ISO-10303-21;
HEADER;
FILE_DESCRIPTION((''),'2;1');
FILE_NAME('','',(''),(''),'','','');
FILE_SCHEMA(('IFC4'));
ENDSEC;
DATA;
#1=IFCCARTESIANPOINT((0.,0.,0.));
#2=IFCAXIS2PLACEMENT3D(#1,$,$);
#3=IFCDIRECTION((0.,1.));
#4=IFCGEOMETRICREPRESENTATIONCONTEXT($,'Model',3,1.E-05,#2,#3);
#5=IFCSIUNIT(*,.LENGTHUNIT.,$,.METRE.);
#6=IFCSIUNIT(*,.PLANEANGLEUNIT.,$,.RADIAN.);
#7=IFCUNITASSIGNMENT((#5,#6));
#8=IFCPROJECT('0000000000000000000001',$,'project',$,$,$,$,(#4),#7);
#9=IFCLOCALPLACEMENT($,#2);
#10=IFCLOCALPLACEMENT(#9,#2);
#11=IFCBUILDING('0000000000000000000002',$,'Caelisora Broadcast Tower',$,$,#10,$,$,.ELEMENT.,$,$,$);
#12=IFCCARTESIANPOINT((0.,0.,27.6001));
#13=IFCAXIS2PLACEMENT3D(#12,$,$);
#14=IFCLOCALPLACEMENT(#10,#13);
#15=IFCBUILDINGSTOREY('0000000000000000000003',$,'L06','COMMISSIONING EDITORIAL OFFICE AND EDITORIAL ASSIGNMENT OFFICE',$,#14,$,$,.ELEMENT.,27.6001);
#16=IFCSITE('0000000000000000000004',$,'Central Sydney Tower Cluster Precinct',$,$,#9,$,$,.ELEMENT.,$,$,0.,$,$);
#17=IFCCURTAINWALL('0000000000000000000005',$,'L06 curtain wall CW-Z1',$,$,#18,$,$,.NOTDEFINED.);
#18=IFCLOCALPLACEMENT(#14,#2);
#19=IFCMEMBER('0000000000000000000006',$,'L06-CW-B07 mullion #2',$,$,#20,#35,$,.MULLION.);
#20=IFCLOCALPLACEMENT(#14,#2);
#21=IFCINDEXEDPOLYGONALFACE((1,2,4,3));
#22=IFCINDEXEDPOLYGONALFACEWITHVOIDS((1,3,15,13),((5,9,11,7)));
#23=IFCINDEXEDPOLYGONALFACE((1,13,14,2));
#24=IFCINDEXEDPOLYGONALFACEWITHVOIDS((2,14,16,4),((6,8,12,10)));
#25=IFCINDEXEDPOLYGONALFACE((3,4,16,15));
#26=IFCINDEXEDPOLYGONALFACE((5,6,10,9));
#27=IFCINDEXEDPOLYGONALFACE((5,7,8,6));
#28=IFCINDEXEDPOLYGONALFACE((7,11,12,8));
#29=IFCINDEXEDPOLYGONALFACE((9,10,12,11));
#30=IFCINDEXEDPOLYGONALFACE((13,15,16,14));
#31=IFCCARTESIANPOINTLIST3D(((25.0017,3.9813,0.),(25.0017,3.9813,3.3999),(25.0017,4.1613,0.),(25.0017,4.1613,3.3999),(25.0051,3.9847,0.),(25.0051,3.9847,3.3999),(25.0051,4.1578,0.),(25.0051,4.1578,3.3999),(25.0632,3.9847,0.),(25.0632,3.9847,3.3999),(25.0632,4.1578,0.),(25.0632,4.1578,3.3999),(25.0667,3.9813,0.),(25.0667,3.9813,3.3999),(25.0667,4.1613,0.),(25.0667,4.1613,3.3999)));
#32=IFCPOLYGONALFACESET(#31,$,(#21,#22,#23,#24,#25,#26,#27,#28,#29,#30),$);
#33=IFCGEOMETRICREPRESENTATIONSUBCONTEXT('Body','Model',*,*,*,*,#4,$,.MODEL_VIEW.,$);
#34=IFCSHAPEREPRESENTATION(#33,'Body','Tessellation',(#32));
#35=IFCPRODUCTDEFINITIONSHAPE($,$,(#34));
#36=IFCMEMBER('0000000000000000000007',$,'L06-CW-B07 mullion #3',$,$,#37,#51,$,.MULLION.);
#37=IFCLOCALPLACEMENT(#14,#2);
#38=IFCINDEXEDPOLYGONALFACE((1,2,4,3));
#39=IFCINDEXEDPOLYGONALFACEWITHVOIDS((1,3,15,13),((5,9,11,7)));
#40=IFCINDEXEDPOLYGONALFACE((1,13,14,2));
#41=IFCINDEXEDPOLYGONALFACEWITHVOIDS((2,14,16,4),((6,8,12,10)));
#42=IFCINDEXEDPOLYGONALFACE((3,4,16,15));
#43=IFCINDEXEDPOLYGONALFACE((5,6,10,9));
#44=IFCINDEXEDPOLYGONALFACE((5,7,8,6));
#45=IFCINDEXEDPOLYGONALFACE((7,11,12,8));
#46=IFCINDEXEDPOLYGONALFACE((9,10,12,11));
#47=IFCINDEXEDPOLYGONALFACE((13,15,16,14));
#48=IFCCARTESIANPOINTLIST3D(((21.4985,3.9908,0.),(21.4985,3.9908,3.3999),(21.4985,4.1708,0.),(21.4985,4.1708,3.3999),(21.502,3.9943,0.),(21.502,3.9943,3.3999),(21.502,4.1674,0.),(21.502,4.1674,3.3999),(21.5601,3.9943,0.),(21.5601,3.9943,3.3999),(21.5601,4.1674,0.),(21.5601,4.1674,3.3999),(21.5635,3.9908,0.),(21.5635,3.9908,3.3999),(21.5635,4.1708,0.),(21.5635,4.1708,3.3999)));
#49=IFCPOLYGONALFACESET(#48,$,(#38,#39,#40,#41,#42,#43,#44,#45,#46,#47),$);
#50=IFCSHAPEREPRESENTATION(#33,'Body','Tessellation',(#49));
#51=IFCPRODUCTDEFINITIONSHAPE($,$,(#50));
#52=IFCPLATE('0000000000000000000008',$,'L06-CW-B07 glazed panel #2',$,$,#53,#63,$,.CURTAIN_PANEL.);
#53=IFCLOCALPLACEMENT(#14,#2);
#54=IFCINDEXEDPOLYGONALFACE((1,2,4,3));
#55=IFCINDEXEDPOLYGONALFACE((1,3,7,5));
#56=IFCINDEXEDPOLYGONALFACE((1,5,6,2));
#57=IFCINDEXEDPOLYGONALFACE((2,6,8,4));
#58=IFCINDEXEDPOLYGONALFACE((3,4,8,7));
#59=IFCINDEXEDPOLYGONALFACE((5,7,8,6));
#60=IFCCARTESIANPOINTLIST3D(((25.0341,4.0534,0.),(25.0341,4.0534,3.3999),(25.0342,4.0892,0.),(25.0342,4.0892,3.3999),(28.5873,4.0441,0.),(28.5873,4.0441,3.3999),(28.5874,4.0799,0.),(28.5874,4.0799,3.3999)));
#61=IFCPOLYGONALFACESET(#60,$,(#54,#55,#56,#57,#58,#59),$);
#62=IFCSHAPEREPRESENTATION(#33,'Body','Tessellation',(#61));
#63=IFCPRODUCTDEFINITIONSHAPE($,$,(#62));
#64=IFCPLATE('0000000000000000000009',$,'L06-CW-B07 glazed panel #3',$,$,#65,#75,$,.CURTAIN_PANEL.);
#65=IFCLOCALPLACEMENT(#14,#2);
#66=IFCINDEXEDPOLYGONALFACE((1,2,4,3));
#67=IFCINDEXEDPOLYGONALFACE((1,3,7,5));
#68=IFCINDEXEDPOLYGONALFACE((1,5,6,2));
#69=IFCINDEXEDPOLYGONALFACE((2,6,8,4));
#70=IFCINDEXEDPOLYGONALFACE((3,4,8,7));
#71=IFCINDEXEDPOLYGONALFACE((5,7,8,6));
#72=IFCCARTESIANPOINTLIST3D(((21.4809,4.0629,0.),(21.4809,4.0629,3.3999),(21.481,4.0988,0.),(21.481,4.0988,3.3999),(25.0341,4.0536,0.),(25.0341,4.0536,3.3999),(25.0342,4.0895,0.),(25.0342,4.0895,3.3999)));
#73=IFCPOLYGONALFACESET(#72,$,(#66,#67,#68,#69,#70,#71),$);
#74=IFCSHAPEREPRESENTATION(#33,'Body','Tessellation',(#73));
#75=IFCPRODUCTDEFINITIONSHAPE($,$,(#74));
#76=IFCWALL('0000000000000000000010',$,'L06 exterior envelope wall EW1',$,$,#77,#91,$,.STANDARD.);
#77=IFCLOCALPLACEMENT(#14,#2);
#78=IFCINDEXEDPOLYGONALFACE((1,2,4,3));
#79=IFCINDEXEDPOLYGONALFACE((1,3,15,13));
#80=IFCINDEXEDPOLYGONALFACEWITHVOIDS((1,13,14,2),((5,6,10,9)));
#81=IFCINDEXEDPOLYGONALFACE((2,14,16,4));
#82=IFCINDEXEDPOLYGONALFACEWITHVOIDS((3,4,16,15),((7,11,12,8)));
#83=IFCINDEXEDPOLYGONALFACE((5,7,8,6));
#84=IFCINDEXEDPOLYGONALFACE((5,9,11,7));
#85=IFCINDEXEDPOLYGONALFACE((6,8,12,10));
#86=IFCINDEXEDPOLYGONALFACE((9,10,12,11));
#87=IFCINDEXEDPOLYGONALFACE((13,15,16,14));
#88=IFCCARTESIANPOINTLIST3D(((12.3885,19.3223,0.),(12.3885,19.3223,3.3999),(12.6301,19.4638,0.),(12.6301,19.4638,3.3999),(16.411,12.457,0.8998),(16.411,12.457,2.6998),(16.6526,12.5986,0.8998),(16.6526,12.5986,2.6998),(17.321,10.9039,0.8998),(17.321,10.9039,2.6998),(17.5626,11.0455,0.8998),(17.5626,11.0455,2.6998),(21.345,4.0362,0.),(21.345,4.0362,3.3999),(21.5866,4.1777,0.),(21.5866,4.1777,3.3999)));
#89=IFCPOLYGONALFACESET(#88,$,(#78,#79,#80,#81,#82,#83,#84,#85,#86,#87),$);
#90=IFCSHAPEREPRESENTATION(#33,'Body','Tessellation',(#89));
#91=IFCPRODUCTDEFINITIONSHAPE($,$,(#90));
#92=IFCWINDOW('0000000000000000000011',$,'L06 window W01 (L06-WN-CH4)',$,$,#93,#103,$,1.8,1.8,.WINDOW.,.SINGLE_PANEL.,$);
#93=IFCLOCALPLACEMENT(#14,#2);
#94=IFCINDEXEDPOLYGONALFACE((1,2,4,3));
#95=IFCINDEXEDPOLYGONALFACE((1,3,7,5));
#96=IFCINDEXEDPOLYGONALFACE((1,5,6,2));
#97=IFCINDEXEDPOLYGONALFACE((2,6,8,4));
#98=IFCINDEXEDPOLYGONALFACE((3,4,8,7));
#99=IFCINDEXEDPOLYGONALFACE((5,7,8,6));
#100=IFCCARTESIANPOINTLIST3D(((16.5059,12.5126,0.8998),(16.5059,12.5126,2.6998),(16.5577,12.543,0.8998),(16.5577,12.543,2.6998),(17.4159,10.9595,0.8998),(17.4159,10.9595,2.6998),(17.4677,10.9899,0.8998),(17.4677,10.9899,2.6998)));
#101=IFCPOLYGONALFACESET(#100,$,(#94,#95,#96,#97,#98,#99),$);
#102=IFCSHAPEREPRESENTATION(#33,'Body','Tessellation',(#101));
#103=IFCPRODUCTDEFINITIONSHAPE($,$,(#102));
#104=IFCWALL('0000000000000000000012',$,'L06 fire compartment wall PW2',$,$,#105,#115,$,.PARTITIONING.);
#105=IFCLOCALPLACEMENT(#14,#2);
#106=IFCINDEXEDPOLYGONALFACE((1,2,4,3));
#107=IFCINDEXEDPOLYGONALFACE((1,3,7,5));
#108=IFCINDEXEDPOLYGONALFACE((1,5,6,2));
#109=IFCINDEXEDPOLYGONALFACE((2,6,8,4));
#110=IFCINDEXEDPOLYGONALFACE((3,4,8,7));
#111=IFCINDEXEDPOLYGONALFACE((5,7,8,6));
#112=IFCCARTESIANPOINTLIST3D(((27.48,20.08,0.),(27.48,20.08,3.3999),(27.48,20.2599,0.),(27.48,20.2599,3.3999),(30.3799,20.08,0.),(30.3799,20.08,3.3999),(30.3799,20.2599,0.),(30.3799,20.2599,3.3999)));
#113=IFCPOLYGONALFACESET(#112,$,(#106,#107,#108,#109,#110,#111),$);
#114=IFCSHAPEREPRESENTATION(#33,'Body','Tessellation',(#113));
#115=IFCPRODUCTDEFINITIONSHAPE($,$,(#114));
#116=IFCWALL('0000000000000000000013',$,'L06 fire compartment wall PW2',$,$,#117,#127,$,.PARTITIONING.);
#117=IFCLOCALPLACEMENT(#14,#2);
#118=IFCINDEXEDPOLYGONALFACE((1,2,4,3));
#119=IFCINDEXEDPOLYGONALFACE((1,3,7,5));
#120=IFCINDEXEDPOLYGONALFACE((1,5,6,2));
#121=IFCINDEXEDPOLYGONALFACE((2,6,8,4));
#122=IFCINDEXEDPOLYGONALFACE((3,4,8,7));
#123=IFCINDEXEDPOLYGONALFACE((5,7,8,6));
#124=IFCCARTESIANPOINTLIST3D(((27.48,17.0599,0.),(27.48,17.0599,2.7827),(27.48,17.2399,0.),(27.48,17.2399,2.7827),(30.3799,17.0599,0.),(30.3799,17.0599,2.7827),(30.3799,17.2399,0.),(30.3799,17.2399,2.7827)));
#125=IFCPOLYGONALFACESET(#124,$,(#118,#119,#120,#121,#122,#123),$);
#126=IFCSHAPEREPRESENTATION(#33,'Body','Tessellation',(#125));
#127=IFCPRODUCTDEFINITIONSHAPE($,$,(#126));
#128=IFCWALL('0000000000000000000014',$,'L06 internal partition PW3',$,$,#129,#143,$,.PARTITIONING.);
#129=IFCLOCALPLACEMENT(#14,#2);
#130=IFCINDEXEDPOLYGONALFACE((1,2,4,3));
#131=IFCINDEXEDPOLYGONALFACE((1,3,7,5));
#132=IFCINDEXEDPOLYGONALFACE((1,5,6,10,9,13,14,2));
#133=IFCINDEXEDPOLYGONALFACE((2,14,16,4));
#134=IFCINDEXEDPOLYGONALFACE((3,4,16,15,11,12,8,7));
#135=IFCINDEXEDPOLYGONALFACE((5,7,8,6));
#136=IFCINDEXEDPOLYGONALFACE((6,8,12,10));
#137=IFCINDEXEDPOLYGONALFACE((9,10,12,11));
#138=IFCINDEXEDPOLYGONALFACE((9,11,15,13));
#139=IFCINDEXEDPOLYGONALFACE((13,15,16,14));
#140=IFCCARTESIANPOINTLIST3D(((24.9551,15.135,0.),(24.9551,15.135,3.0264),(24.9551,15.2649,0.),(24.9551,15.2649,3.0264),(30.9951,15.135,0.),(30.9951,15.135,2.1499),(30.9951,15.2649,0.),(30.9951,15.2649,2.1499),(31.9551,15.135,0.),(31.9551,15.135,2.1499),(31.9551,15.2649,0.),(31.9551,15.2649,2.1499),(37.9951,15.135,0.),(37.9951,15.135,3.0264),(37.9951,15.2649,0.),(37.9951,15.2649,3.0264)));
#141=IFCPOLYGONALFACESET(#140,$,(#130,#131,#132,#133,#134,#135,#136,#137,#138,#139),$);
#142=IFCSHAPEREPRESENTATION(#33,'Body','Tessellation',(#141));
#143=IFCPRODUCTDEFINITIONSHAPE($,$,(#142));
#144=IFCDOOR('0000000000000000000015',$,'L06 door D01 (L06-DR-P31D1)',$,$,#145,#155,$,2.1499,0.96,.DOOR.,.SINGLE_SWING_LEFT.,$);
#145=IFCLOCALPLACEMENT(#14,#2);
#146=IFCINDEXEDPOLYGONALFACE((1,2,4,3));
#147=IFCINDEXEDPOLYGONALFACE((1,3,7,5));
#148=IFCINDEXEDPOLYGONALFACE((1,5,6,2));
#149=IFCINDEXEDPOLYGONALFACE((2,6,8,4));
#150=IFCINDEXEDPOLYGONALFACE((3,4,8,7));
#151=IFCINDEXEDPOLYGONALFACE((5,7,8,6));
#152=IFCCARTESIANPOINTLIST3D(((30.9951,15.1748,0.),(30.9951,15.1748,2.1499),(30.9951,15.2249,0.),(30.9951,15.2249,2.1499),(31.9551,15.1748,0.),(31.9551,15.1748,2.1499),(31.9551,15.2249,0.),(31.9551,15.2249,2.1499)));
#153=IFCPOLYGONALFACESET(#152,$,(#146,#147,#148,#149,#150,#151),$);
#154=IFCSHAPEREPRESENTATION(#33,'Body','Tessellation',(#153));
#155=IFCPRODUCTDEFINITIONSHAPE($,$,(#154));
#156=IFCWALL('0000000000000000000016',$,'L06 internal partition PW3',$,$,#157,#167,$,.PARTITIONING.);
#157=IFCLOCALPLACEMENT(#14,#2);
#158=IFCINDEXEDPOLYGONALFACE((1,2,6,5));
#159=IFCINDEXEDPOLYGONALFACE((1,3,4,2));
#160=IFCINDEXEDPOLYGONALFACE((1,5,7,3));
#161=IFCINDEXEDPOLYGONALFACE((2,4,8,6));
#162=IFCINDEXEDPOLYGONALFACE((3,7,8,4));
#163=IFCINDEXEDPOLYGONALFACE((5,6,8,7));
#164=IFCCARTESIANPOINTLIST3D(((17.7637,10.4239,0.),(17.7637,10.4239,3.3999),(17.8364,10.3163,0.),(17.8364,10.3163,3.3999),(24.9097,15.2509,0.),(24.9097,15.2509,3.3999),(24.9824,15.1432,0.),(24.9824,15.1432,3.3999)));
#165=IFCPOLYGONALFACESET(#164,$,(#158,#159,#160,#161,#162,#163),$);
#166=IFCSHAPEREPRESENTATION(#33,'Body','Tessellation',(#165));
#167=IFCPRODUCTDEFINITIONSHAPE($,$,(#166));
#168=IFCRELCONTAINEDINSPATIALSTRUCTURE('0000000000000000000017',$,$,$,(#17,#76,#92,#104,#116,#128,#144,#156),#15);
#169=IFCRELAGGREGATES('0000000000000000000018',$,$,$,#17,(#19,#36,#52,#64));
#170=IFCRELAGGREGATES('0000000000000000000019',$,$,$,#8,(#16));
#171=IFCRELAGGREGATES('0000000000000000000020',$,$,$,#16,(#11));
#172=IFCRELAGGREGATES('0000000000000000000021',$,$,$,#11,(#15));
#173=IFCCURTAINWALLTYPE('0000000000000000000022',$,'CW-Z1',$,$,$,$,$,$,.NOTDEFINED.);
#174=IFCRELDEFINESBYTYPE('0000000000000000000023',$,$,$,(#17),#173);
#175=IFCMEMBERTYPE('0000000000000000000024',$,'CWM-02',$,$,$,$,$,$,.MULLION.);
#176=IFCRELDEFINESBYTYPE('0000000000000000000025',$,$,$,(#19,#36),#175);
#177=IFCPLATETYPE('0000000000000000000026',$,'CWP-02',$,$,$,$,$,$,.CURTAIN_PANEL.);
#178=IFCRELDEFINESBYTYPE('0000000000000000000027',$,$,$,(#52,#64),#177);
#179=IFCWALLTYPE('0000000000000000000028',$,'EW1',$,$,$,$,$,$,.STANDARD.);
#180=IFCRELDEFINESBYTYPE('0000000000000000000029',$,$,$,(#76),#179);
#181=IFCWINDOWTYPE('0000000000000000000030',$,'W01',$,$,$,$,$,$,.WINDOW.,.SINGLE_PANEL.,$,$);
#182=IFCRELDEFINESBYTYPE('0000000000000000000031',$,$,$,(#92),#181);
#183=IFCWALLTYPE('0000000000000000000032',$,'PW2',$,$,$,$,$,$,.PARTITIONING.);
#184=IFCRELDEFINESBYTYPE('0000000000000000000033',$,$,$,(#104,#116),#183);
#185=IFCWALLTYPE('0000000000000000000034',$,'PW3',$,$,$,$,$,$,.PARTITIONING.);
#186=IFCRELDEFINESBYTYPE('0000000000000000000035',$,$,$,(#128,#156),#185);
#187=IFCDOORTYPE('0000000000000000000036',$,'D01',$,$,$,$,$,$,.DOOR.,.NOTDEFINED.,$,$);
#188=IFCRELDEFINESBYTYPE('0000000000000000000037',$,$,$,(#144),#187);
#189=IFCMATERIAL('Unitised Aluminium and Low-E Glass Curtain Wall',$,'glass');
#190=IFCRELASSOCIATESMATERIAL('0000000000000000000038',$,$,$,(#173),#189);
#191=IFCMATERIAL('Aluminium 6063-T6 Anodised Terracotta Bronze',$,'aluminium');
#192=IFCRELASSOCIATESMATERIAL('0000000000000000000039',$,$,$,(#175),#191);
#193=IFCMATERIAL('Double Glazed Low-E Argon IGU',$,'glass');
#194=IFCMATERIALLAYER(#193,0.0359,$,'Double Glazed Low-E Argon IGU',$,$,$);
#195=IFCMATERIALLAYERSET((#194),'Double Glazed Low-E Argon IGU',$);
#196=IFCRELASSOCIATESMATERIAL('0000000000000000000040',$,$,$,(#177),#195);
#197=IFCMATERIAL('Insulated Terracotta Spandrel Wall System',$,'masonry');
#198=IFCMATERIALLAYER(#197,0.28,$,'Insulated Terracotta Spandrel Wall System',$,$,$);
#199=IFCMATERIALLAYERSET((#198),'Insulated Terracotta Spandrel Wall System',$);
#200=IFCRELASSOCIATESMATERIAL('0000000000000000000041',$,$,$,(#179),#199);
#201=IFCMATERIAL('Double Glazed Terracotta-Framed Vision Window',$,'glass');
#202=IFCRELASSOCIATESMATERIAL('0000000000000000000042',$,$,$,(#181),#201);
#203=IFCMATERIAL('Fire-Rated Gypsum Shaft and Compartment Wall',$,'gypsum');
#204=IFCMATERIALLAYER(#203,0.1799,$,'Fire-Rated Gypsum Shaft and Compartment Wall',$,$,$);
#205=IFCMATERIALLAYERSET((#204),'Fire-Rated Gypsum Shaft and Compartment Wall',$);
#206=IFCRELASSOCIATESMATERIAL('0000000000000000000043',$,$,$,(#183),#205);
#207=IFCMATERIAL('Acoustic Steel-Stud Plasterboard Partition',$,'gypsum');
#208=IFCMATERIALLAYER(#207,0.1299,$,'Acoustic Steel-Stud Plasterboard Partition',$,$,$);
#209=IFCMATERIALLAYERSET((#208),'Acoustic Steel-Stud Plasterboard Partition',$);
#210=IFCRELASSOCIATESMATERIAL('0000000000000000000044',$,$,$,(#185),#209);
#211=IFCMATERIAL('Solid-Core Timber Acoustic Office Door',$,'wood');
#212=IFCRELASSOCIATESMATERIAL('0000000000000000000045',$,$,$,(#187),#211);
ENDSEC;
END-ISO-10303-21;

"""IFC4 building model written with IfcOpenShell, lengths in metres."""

from ifc_helpers import new_model, si_unit, direction, frame, frame_2d, origin, origin_2d, place, context, subcontext, project, spatial, rectangle, hollow_rectangle, extrude, source, transform, mapped, material, layer, layer_set, material_profile, profile_set, type_object, type_shapes, element, fill, aggregate, save


model = new_model("IFC4")

# Units and contexts
model_context = context("Model", 3, precision=1e-05, world=origin(), true_north=direction((0.0, 1.0)))
body_context = subcontext(model_context, "Body", "Model", "MODEL_VIEW")
ifc_project = project(units=[si_unit("LENGTHUNIT", "METRE"), si_unit("PLANEANGLEUNIT", "RADIAN")], contexts=[model_context])

# Site, building, storey
site_placement = place(None, origin())
site = spatial("IfcSite", under=ifc_project, at=site_placement, Name="Central Sydney Tower Cluster Precinct", CompositionType="ELEMENT", RefElevation=0.0)
building_placement = place(site_placement, origin())
building = spatial("IfcBuilding", under=site, at=building_placement, Name="Caelisora Broadcast Tower", CompositionType="ELEMENT")
storey_placement = place(building_placement, frame((0.0, 0.0, 27.6001)))
storey = spatial("IfcBuildingStorey", under=building, at=storey_placement, Name="L06", Description="COMMISSIONING EDITORIAL OFFICE AND EDITORIAL ASSIGNMENT OFFICE", CompositionType="ELEMENT", Elevation=27.6001)

# Curtain wall, members, plates
ifc_material_1 = material(Name="Unitised Aluminium and Low-E Glass Curtain Wall", Category="glass")
curtain_wall_type = type_object("IfcCurtainWallType", Name="CW-Z1", PredefinedType="NOTDEFINED", material=ifc_material_1)
curtain_wall_placement = place(storey_placement, origin())
curtain_wall = element("IfcCurtainWall", 1, at=curtain_wall_placement, inside=storey, type_object=curtain_wall_type, Name="L06 curtain wall CW-Z1", PredefinedType="NOTDEFINED")
ifc_material_2 = material(Name="Aluminium 6063-T6 Anodised Terracotta Bronze", Category="aluminium")
ifc_material_profile_1 = material_profile(ifc_material_2, hollow_rectangle(XDim=0.0649, YDim=0.1799, WallThickness=0.0034, at=origin_2d()), Name="Aluminium 6063-T6 Anodised Terracotta Bronze")
ifc_profile_set_1 = profile_set([ifc_material_profile_1], Name="Aluminium 6063-T6 Anodised Terracotta Bronze")
member_type = type_object("IfcMemberType", Name="CWM-02", PredefinedType="MULLION", material=ifc_profile_set_1)
shared_shape_1 = source(origin(), body_context, "Body", "SweptSolid", [
    extrude(hollow_rectangle(XDim=0.0649, YDim=0.1799, WallThickness=0.0034, at=origin_2d()), origin(), (0.0, 0.0, 1.0), 3.3999),
])
type_shapes(member_type, [shared_shape_1])
member_1_placement = place(storey_placement, frame((25.0342, 4.0713, 0.0), z_axis=(0.0, 0.0, 1.0), x_axis=(1.0, 0.0, 0.0)))
member_1 = element("IfcMember", 2, at=member_1_placement, type_object=member_type, Name="L06-CW-B07 mullion #2", PredefinedType="MULLION", context=body_context, shape_type="MappedRepresentation", body=[
    mapped(shared_shape_1, transform((0.0, 0.0, 0.0), scale=1.0)),
])
member_2_placement = place(storey_placement, frame((21.531, 4.0808, 0.0), z_axis=(0.0, 0.0, 1.0), x_axis=(1.0, 0.0, 0.0)))
member_2 = element("IfcMember", 3, at=member_2_placement, type_object=member_type, Name="L06-CW-B07 mullion #3", PredefinedType="MULLION", context=body_context, shape_type="MappedRepresentation", body=[
    mapped(shared_shape_1, transform((0.0, 0.0, 0.0), scale=1.0)),
])
ifc_material_3 = material(Name="Double Glazed Low-E Argon IGU", Category="glass")
ifc_layer_1 = layer(ifc_material_3, 0.0359, Name="Double Glazed Low-E Argon IGU")
ifc_layer_set_1 = layer_set([ifc_layer_1], Name="Double Glazed Low-E Argon IGU")
plate_type = type_object("IfcPlateType", Name="CWP-02", PredefinedType="CURTAIN_PANEL", material=ifc_layer_set_1)
shared_shape_2 = source(origin(), body_context, "Body", "SweptSolid", [
    extrude(rectangle(XDim=3.5532, YDim=0.0359, at=origin_2d()), origin(), (0.0, 0.0, 1.0), 3.3999),
])
type_shapes(plate_type, [shared_shape_2])
plate_1_placement = place(storey_placement, frame((26.8108, 4.0667, 0.0), z_axis=(0.0, 0.0, 1.0), x_axis=(-0.999997, 0.002618, 0.0)))
plate_1 = element("IfcPlate", 4, at=plate_1_placement, type_object=plate_type, Name="L06-CW-B07 glazed panel #2", PredefinedType="CURTAIN_PANEL", context=body_context, shape_type="MappedRepresentation", body=[
    mapped(shared_shape_2, transform((0.0, 0.0, 0.0), scale=1.0)),
])
plate_2_placement = place(storey_placement, frame((23.2576, 4.0762, 0.0), z_axis=(0.0, 0.0, 1.0), x_axis=(-0.999997, 0.002618, 0.0)))
plate_2 = element("IfcPlate", 5, at=plate_2_placement, type_object=plate_type, Name="L06-CW-B07 glazed panel #3", PredefinedType="CURTAIN_PANEL", context=body_context, shape_type="MappedRepresentation", body=[
    mapped(shared_shape_2, transform((0.0, 0.0, 0.0), scale=1.0)),
])
aggregate(curtain_wall, [member_1, member_2, plate_1, plate_2])

# Wall, opening, window
ifc_material_4 = material(Name="Insulated Terracotta Spandrel Wall System", Category="masonry")
ifc_layer_2 = layer(ifc_material_4, 0.28, Name="Insulated Terracotta Spandrel Wall System")
ifc_layer_set_2 = layer_set([ifc_layer_2], Name="Insulated Terracotta Spandrel Wall System")
wall_type_1 = type_object("IfcWallType", Name="EW1", PredefinedType="STANDARD", material=ifc_layer_set_2)
wall_1_placement = place(storey_placement, frame((21.4658, 4.1069, 0.0), z_axis=(0.0, 0.0, 1.0), x_axis=(-0.505539, 0.862804, 0.0)))
wall_1 = element("IfcWall", 6, at=wall_1_placement, inside=storey, type_object=wall_type_1, Name="L06 exterior envelope wall EW1", PredefinedType="STANDARD", context=body_context, shape_type="SweptSolid", body=[
    extrude(rectangle(XDim=17.7168, YDim=0.28, at=frame_2d((8.8584, 0.0))), origin(), (0.0, 0.0, 1.0), 3.3999),
])
opening_1_placement = place(wall_1_placement, frame((7.96, 0.0, 0.8999)))
opening_1 = element("IfcOpeningElement", 7, at=opening_1_placement, cuts=wall_1, PredefinedType="OPENING", context=body_context, shape_type="SweptSolid", body=[
    extrude(rectangle(XDim=1.8, YDim=1.8, at=frame_2d((0.8999, 0.8999))), frame((0.0, 0.1521, 0.0), z_axis=(0.0, -1.0, 0.0), x_axis=(1.0, 0.0, 0.0)), (0.0, 0.0, 1.0), 0.304),
])
ifc_material_5 = material(Name="Double Glazed Terracotta-Framed Vision Window", Category="glass")
window_type = type_object("IfcWindowType", Name="W01", PartitioningType="SINGLE_PANEL", PredefinedType="WINDOW", material=ifc_material_5)
window_placement = place(opening_1_placement, origin())
window = element("IfcWindow", 8, at=window_placement, inside=storey, type_object=window_type, Name="L06 window W01 (L06-WN-CH4)", OverallHeight=1.8, OverallWidth=1.8, PartitioningType="SINGLE_PANEL", PredefinedType="WINDOW", context=body_context, shape_type="SweptSolid", body=[
    extrude(rectangle(XDim=1.8, YDim=1.8, at=frame_2d((0.8999, 0.8999))), frame((0.0, 0.03, 0.0), z_axis=(0.0, -1.0, 0.0), x_axis=(1.0, 0.0, 0.0)), (0.0, 0.0, 1.0), 0.0601),
])
fill(opening_1, window)

# Wall
ifc_material_6 = material(Name="Fire-Rated Gypsum Shaft and Compartment Wall", Category="gypsum")
ifc_layer_3 = layer(ifc_material_6, 0.1799, Name="Fire-Rated Gypsum Shaft and Compartment Wall")
ifc_layer_set_3 = layer_set([ifc_layer_3], Name="Fire-Rated Gypsum Shaft and Compartment Wall")
wall_type_2 = type_object("IfcWallType", Name="PW2", PredefinedType="PARTITIONING", material=ifc_layer_set_3)
wall_2_placement = place(storey_placement, frame((27.48, 20.1699, 0.0), z_axis=(0.0, 0.0, 1.0), x_axis=(1.0, 0.0, 0.0)))
element("IfcWall", 9, at=wall_2_placement, inside=storey, type_object=wall_type_2, Name="L06 fire compartment wall PW2", PredefinedType="PARTITIONING", context=body_context, shape_type="SweptSolid", body=[
    extrude(rectangle(XDim=2.8999, YDim=0.1799, at=frame_2d((1.45, 0.0))), origin(), (0.0, 0.0, 1.0), 3.3999),
])

# Wall
wall_3_placement = place(storey_placement, frame((27.48, 17.1499, 0.0), z_axis=(0.0, 0.0, 1.0), x_axis=(1.0, 0.0, 0.0)))
element("IfcWall", 10, at=wall_3_placement, inside=storey, type_object=wall_type_2, Name="L06 fire compartment wall PW2", PredefinedType="PARTITIONING", context=body_context, shape_type="SweptSolid", body=[
    extrude(rectangle(XDim=2.8999, YDim=0.1799, at=frame_2d((1.45, 0.0))), origin(), (0.0, 0.0, 1.0), 2.7827),
])

# Wall, opening, door
ifc_material_7 = material(Name="Acoustic Steel-Stud Plasterboard Partition", Category="gypsum")
ifc_layer_4 = layer(ifc_material_7, 0.1299, Name="Acoustic Steel-Stud Plasterboard Partition")
ifc_layer_set_4 = layer_set([ifc_layer_4], Name="Acoustic Steel-Stud Plasterboard Partition")
wall_type_3 = type_object("IfcWallType", Name="PW3", PredefinedType="PARTITIONING", material=ifc_layer_set_4)
wall_4_placement = place(storey_placement, frame((24.9551, 15.2, 0.0), z_axis=(0.0, 0.0, 1.0), x_axis=(1.0, 0.0, 0.0)))
wall_4 = element("IfcWall", 11, at=wall_4_placement, inside=storey, type_object=wall_type_3, Name="L06 internal partition PW3", PredefinedType="PARTITIONING", context=body_context, shape_type="SweptSolid", body=[
    extrude(rectangle(XDim=13.04, YDim=0.1299, at=frame_2d((6.52, 0.0))), origin(), (0.0, 0.0, 1.0), 3.0264),
])
opening_2_placement = place(wall_4_placement, frame((6.04, 0.0, 0.0)))
opening_2 = element("IfcOpeningElement", 12, at=opening_2_placement, cuts=wall_4, PredefinedType="OPENING", context=body_context, shape_type="SweptSolid", body=[
    extrude(rectangle(XDim=0.96, YDim=2.1499, at=frame_2d((0.48, 1.075))), frame((0.0, 0.0769, 0.0), z_axis=(0.0, -1.0, 0.0), x_axis=(1.0, 0.0, 0.0)), (0.0, 0.0, 1.0), 0.1538),
])
ifc_material_8 = material(Name="Solid-Core Timber Acoustic Office Door", Category="wood")
door_type_1 = type_object("IfcDoorType", Name="D01", OperationType="NOTDEFINED", PredefinedType="DOOR", material=ifc_material_8)
door_1_placement = place(opening_2_placement, origin())
door_1 = element("IfcDoor", 13, at=door_1_placement, inside=storey, type_object=door_type_1, Name="L06 door D01 (L06-DR-P31D1)", OperationType="SINGLE_SWING_LEFT", OverallHeight=2.1499, OverallWidth=0.96, PredefinedType="DOOR", context=body_context, shape_type="SweptSolid", body=[
    extrude(rectangle(XDim=0.96, YDim=2.1499, at=frame_2d((0.48, 1.075))), frame((0.0, 0.0249, 0.0), z_axis=(0.0, -1.0, 0.0), x_axis=(1.0, 0.0, 0.0)), (0.0, 0.0, 1.0), 0.05),
])
fill(opening_2, door_1)

# Wall
wall_5_placement = place(storey_placement, frame((17.8, 10.3701, 0.0), z_axis=(0.0, 0.0, 1.0), x_axis=(0.828668, 0.55974, 0.0)))
element("IfcWall", 14, at=wall_5_placement, inside=storey, type_object=wall_type_3, Name="L06 internal partition PW3", PredefinedType="PARTITIONING", context=body_context, shape_type="SweptSolid", body=[
    extrude(rectangle(XDim=8.6235, YDim=0.1299, at=frame_2d((4.3118, 0.0))), origin(), (0.0, 0.0, 1.0), 3.3999),
])

save(model, "model.ifc")
